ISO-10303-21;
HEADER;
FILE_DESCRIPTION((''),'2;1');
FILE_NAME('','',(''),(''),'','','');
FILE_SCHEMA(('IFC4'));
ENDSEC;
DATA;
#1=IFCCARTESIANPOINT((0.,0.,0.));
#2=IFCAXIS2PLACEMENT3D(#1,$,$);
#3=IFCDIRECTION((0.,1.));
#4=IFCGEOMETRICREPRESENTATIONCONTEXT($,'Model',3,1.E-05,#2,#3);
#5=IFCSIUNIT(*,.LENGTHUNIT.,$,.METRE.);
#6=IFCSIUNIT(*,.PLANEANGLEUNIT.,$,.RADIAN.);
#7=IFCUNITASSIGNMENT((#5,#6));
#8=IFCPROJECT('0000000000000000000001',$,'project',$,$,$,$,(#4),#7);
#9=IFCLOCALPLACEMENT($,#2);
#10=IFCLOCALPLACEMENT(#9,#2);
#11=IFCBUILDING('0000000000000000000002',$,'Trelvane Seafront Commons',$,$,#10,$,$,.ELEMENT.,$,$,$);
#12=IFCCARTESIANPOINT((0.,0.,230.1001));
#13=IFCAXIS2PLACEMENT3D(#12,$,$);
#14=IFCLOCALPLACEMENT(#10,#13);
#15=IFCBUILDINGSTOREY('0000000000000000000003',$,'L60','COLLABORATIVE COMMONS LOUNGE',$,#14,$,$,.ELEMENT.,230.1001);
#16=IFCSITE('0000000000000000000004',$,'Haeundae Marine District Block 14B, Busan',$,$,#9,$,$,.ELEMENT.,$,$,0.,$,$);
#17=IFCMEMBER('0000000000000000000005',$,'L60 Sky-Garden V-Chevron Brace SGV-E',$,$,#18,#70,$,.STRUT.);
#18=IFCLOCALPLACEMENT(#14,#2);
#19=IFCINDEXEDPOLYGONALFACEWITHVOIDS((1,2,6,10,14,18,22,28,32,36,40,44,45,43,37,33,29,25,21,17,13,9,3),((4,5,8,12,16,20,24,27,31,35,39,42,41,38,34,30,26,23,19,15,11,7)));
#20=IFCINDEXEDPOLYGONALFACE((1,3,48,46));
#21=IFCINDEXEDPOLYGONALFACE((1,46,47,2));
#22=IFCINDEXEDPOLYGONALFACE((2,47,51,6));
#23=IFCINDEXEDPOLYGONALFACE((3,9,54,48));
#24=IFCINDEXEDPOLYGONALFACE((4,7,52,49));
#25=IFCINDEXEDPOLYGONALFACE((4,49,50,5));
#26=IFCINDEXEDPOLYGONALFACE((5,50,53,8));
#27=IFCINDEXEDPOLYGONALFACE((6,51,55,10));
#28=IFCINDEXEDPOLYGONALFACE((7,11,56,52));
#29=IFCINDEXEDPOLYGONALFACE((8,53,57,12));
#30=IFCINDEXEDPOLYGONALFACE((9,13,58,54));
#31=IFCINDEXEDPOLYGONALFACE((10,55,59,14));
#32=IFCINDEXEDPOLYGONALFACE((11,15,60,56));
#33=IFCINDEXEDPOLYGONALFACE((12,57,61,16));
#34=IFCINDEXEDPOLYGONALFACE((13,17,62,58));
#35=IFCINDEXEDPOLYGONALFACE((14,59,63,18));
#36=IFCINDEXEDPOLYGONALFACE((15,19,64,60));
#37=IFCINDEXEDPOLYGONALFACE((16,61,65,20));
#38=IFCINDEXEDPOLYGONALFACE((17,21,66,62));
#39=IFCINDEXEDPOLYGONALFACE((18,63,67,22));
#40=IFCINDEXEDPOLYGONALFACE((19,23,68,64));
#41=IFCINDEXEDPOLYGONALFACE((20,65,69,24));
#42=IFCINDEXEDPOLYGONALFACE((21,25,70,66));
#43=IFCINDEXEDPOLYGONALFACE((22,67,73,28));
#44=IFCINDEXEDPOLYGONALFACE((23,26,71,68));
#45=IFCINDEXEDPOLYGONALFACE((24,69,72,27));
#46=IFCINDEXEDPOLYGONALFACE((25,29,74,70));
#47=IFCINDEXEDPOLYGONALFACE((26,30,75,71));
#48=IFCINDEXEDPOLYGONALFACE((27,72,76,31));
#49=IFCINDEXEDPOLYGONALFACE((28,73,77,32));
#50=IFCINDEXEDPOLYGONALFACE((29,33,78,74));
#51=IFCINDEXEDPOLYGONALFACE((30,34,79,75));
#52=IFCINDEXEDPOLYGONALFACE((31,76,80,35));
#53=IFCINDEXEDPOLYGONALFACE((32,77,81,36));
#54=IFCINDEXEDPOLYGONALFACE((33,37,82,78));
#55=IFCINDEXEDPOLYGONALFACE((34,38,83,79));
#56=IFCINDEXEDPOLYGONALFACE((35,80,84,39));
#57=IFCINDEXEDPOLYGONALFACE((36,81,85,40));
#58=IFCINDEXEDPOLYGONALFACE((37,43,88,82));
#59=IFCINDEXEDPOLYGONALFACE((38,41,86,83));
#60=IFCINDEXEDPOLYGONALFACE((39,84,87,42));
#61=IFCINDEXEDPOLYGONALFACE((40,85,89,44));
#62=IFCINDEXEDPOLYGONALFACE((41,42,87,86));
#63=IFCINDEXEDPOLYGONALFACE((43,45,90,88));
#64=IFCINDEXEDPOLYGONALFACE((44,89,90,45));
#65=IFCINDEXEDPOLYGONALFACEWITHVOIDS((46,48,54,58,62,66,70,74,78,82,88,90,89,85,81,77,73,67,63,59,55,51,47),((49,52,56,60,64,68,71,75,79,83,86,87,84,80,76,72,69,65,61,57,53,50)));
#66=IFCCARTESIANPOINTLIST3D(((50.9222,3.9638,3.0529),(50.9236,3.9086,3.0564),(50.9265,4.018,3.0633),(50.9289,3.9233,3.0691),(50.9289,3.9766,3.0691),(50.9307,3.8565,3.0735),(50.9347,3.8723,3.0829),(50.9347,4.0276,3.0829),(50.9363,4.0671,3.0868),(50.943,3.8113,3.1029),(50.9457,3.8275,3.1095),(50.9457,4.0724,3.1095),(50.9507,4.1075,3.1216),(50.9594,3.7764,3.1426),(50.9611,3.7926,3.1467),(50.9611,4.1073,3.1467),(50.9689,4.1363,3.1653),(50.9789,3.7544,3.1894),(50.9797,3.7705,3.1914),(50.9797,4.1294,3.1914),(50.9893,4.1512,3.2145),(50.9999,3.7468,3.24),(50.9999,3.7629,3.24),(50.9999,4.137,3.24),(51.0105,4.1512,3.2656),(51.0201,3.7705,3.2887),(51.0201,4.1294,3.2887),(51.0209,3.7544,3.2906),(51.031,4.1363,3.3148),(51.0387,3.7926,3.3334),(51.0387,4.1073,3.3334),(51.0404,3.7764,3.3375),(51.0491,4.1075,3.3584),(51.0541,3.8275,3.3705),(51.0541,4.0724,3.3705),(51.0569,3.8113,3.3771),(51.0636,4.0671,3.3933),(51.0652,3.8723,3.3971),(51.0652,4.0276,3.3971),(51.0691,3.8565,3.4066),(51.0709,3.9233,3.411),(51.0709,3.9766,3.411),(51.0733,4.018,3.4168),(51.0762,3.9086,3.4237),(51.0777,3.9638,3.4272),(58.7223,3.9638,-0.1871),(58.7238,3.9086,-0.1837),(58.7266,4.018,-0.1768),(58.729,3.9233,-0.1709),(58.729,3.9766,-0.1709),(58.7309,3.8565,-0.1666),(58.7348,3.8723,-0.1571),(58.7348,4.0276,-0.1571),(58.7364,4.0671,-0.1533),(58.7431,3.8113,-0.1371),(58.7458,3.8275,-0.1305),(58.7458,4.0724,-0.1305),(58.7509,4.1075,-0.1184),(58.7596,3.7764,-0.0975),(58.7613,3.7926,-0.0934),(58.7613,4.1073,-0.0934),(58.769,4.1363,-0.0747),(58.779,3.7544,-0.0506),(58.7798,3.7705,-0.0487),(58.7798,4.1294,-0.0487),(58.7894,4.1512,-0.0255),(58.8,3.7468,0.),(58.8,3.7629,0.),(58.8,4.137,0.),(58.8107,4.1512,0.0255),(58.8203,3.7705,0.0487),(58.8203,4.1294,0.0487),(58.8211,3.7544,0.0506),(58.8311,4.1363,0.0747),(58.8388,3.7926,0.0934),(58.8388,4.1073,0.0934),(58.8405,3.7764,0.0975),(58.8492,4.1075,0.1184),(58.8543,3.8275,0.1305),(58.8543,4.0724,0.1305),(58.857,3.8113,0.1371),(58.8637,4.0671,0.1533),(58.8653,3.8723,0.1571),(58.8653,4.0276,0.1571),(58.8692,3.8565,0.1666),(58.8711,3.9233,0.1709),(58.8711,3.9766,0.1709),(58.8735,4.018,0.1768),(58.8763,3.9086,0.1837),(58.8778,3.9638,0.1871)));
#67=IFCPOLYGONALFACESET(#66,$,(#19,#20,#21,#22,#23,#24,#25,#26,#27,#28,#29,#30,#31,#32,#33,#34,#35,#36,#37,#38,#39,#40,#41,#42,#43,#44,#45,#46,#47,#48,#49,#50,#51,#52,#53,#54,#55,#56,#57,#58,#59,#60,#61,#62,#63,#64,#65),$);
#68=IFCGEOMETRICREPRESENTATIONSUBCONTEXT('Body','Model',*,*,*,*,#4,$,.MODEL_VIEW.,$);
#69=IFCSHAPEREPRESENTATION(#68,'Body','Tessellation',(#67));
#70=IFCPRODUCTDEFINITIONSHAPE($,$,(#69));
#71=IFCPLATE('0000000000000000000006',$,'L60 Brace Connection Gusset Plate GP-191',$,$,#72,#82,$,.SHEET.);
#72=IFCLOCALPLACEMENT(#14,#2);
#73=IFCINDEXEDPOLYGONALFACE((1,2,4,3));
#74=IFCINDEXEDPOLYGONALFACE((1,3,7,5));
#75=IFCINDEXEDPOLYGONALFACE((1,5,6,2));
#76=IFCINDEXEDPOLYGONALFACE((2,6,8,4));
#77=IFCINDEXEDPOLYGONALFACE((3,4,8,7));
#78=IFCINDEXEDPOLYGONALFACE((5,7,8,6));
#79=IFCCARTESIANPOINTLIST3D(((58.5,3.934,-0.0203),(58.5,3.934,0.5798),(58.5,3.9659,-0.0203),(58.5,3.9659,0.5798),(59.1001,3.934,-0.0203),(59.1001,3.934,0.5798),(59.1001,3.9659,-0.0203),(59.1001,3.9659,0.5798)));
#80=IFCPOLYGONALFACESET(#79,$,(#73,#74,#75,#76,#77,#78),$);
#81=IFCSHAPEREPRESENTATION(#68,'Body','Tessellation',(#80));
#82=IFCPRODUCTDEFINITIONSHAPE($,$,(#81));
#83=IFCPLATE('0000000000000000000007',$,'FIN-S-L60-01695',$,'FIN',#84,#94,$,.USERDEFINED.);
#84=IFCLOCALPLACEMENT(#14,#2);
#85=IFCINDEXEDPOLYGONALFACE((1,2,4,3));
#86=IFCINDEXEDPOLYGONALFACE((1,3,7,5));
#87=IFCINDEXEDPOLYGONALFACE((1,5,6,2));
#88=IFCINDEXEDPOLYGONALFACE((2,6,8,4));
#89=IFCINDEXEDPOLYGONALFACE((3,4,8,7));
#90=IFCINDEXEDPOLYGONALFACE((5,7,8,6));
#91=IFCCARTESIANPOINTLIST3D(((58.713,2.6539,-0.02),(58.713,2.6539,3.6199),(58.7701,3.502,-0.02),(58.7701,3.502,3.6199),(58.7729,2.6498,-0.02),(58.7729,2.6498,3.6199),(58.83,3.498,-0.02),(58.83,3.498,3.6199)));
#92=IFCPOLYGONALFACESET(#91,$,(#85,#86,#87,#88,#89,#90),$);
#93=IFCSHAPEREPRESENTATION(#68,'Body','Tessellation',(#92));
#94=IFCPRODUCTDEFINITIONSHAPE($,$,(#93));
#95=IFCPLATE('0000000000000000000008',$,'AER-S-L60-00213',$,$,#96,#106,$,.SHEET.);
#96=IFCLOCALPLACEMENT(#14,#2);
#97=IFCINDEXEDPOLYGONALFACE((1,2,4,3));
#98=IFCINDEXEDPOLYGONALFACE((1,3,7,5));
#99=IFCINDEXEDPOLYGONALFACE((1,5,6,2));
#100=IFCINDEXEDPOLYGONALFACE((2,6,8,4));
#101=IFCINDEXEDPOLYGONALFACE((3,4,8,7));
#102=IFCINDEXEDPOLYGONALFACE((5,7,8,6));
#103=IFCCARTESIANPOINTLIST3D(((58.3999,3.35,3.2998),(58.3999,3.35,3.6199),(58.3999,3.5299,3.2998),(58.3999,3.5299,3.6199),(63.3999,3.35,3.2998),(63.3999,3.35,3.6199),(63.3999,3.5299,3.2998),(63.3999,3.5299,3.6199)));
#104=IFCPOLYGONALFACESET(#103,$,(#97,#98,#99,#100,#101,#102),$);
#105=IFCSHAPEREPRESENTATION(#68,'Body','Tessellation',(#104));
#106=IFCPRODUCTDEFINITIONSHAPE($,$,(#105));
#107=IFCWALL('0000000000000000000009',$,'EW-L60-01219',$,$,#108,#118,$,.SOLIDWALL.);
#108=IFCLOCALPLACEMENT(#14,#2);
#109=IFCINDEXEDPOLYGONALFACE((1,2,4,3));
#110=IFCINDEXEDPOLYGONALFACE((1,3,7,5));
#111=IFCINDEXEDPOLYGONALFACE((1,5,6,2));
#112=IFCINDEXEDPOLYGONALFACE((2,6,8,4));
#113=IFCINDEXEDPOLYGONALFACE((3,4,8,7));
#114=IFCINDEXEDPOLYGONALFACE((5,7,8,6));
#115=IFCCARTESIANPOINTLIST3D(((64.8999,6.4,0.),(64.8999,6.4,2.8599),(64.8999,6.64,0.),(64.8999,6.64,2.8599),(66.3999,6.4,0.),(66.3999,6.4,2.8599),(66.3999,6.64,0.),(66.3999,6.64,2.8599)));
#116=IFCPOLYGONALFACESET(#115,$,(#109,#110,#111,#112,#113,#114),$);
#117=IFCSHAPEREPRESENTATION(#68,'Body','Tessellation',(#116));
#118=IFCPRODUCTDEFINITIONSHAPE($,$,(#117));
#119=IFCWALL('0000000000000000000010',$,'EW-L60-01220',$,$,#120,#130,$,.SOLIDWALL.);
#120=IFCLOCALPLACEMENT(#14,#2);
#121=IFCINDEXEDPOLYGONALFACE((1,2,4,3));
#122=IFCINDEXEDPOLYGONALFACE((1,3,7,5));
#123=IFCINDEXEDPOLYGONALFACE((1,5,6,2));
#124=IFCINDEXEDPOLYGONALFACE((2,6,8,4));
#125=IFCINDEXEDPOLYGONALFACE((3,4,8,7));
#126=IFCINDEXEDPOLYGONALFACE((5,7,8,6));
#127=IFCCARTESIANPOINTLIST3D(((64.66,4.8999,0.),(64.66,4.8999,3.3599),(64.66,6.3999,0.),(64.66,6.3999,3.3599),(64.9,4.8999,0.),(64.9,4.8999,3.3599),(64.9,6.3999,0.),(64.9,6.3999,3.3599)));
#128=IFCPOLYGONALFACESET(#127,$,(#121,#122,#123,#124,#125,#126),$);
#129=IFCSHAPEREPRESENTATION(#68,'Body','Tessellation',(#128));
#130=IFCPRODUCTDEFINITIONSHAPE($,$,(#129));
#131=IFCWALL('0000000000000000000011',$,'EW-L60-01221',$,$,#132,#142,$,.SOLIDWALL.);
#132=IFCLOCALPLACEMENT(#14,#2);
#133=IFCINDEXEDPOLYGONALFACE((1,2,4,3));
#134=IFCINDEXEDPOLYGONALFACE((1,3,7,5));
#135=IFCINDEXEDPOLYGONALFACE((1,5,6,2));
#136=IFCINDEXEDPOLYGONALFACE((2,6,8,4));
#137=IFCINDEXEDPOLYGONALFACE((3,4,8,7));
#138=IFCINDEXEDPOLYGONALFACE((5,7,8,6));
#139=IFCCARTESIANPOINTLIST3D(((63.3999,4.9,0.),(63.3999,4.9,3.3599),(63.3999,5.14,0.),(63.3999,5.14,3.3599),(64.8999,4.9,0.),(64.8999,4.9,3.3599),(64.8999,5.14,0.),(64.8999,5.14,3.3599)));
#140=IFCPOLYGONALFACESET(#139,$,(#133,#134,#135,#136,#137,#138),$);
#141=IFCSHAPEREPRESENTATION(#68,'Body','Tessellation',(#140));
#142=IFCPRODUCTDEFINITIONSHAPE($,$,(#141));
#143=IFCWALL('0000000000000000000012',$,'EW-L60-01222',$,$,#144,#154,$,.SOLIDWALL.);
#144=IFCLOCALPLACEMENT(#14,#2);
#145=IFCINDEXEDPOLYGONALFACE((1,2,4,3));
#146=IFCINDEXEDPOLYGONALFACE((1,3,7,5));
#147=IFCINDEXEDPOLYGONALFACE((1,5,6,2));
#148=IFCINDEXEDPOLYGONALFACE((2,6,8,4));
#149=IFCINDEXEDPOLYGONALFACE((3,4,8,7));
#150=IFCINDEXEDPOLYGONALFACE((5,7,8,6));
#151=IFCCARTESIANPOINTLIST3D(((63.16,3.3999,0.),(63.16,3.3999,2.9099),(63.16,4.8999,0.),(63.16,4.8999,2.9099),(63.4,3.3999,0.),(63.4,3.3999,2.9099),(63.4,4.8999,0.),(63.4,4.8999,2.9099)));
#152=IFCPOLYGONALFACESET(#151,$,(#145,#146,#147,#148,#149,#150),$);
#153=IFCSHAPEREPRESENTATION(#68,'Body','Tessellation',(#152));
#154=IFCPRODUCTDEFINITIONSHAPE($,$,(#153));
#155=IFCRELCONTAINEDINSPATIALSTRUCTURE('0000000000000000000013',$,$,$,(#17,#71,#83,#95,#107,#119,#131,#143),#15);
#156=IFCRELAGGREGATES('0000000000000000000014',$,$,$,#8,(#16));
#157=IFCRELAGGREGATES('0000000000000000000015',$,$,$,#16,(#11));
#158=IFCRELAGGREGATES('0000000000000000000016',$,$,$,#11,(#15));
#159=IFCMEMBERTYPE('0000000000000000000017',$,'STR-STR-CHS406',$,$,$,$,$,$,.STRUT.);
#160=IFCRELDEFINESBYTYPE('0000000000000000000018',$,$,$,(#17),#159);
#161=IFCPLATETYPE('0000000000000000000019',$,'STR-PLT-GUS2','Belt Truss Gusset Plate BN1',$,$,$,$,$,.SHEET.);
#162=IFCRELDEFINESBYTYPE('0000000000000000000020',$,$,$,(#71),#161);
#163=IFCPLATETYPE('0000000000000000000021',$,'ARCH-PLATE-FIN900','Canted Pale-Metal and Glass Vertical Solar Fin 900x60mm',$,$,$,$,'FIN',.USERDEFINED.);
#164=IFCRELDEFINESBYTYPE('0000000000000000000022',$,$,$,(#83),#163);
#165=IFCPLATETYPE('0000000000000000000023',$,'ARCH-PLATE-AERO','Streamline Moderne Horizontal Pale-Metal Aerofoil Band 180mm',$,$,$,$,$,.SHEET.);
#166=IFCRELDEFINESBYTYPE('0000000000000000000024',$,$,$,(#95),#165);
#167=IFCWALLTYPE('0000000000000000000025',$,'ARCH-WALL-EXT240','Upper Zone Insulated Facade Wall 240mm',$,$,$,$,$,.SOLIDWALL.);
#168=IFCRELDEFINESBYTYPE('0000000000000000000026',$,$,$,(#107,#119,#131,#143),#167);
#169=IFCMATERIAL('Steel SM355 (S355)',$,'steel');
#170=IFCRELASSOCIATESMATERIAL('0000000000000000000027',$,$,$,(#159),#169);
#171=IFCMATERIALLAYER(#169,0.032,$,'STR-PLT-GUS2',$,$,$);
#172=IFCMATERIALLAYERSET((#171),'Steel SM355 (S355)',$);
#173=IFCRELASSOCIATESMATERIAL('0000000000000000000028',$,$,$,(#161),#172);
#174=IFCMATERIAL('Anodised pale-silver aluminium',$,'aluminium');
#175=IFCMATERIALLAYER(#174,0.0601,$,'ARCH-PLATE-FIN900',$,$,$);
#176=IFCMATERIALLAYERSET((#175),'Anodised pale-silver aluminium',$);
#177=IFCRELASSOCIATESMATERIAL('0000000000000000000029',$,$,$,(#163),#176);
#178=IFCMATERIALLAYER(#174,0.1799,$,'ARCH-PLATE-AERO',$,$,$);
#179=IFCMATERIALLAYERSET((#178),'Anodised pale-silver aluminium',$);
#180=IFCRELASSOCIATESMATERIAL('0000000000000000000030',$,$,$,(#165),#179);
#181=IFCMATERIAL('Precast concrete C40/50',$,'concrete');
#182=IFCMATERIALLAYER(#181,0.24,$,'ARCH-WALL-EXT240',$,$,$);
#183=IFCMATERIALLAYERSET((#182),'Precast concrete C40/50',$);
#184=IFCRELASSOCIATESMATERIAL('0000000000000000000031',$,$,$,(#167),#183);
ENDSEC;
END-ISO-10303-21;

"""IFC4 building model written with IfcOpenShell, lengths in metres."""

from ifc_helpers import new_model, si_unit, direction, frame, frame_2d, origin, origin_2d, place, context, subcontext, project, spatial, rectangle, hollow_circle, extrude, source, transform, mapped, material, layer, layer_set, material_profile, profile_set, type_object, element, save


model = new_model("IFC4")

# Units and contexts
model_context = context("Model", 3, precision=1e-05, world=origin(), true_north=direction((0.0, 1.0)))
body_context = subcontext(model_context, "Body", "Model", "MODEL_VIEW")
ifc_project = project(units=[si_unit("LENGTHUNIT", "METRE"), si_unit("PLANEANGLEUNIT", "RADIAN")], contexts=[model_context])

# Site, building, storey
site_placement = place(None, origin())
site = spatial("IfcSite", under=ifc_project, at=site_placement, Name="Haeundae Marine District Block 14B, Busan", CompositionType="ELEMENT", RefElevation=0.0)
building_placement = place(site_placement, origin())
building = spatial("IfcBuilding", under=site, at=building_placement, Name="Trelvane Seafront Commons", CompositionType="ELEMENT")
storey_placement = place(building_placement, frame((0.0, 0.0, 230.1001)))
storey = spatial("IfcBuildingStorey", under=building, at=storey_placement, Name="L60", Description="COLLABORATIVE COMMONS LOUNGE", CompositionType="ELEMENT", Elevation=230.1001)

# Shared definitions
ifc_material_1 = material(Name="Steel SM355 (S355)", Category="steel")

# Member
ifc_material_profile_1 = material_profile(ifc_material_1, hollow_circle(Radius=0.2031, WallThickness=0.0161, at=origin_2d()), Name="CHS-406.4x16")
ifc_profile_set_1 = profile_set([ifc_material_profile_1], Name="Steel SM355 (S355)")
member_type = type_object("IfcMemberType", Name="STR-STR-CHS406", PredefinedType="STRUT", material=ifc_profile_set_1)
shared_shape_1 = source(origin(), body_context, "Body", "SweptSolid", [
    extrude(hollow_circle(Radius=0.2031, WallThickness=0.0161, at=origin_2d()), origin(), (0.0, 0.0, 1.0), 8.4463),
])
member_placement = place(storey_placement, frame((58.8, 3.95, 0.0), z_axis=(-0.923498, 0.0, 0.383603), x_axis=(0.0, -1.0, 0.0)))
element("IfcMember", 1, at=member_placement, inside=storey, type_object=member_type, Name="L60 Sky-Garden V-Chevron Brace SGV-E", PredefinedType="STRUT", context=body_context, shape_type="MappedRepresentation", body=[
    mapped(shared_shape_1, transform((0.0, 0.0, 0.0), x_axis=(1.0, 0.0, 0.0), y_axis=(0.0, 1.0, 0.0), z_axis=(0.0, 0.0, 1.0), scale=1.0)),
])

# Plates
ifc_layer_1 = layer(ifc_material_1, 0.032, Name="STR-PLT-GUS2")
ifc_layer_set_1 = layer_set([ifc_layer_1], Name="Steel SM355 (S355)")
plate_type_1 = type_object("IfcPlateType", Name="STR-PLT-GUS2", Description="Belt Truss Gusset Plate BN1", PredefinedType="SHEET", material=ifc_layer_set_1)
shared_shape_2 = source(origin(), body_context, "Body", "SweptSolid", [
    extrude(rectangle(XDim=0.6001, YDim=0.032, at=origin_2d()), origin(), (0.0, 0.0, 1.0), 0.6001),
])
plate_1_placement = place(storey_placement, frame((58.8, 3.95, -0.0203), z_axis=(0.0, 0.0, 1.0), x_axis=(1.0, 0.0, 0.0)))
element("IfcPlate", 2, at=plate_1_placement, inside=storey, type_object=plate_type_1, Name="L60 Brace Connection Gusset Plate GP-191", PredefinedType="SHEET", context=body_context, shape_type="MappedRepresentation", body=[
    mapped(shared_shape_2, transform((0.0, 0.0, 0.0), x_axis=(1.0, 0.0, 0.0), y_axis=(0.0, 1.0, 0.0), z_axis=(0.0, 0.0, 1.0), scale=1.0)),
])
ifc_material_2 = material(Name="Anodised pale-silver aluminium", Category="aluminium")
ifc_layer_2 = layer(ifc_material_2, 0.0601, Name="ARCH-PLATE-FIN900")
ifc_layer_set_2 = layer_set([ifc_layer_2], Name="Anodised pale-silver aluminium")
plate_type_2 = type_object("IfcPlateType", Name="ARCH-PLATE-FIN900", Description="Canted Pale-Metal and Glass Vertical Solar Fin 900x60mm", ElementType="FIN", PredefinedType="USERDEFINED", material=ifc_layer_set_2)
shared_shape_3 = source(origin(), body_context, "Body", "SweptSolid", [
    extrude(rectangle(XDim=0.8501, YDim=0.0601, at=origin_2d()), origin(), (0.0, 0.0, 1.0), 3.6399),
])
plate_2_placement = place(storey_placement, frame((58.7715, 3.0759, -0.02), z_axis=(0.0, 0.0, 1.0), x_axis=(-0.067174, -0.997741, 0.0)))
element("IfcPlate", 3, at=plate_2_placement, inside=storey, type_object=plate_type_2, Name="FIN-S-L60-01695", ObjectType="FIN", PredefinedType="USERDEFINED", context=body_context, shape_type="MappedRepresentation", body=[
    mapped(shared_shape_3, transform((0.0, 0.0, 0.0), x_axis=(1.0, 0.0, 0.0), y_axis=(0.0, 1.0, 0.0), z_axis=(0.0, 0.0, 1.0), scale=1.0)),
])
ifc_layer_3 = layer(ifc_material_2, 0.1799, Name="ARCH-PLATE-AERO")
ifc_layer_set_3 = layer_set([ifc_layer_3], Name="Anodised pale-silver aluminium")
plate_type_3 = type_object("IfcPlateType", Name="ARCH-PLATE-AERO", Description="Streamline Moderne Horizontal Pale-Metal Aerofoil Band 180mm", PredefinedType="SHEET", material=ifc_layer_set_3)
shared_shape_4 = source(origin(), body_context, "Body", "SweptSolid", [
    extrude(rectangle(XDim=5.0, YDim=0.1799, at=origin_2d()), origin(), (0.0, 0.0, 1.0), 0.3201),
])
plate_3_placement = place(storey_placement, frame((60.8999, 3.4399, 3.2998), z_axis=(0.0, 0.0, 1.0), x_axis=(-1.0, 0.0, 0.0)))
element("IfcPlate", 4, at=plate_3_placement, inside=storey, type_object=plate_type_3, Name="AER-S-L60-00213", PredefinedType="SHEET", context=body_context, shape_type="MappedRepresentation", body=[
    mapped(shared_shape_4, transform((0.0, 0.0, 0.0), x_axis=(1.0, 0.0, 0.0), y_axis=(0.0, 1.0, 0.0), z_axis=(0.0, 0.0, 1.0), scale=1.0)),
])

# Walls
ifc_material_3 = material(Name="Precast concrete C40/50", Category="concrete")
ifc_layer_4 = layer(ifc_material_3, 0.24, Name="ARCH-WALL-EXT240")
ifc_layer_set_4 = layer_set([ifc_layer_4], Name="Precast concrete C40/50")
wall_type_1 = type_object("IfcWallType", Name="ARCH-WALL-EXT240", Description="Upper Zone Insulated Facade Wall 240mm", PredefinedType="SOLIDWALL", material=ifc_layer_set_4)
wall_1_placement = place(storey_placement, frame((66.3999, 6.52, 0.0), z_axis=(0.0, 0.0, 1.0), x_axis=(-1.0, 0.0, 0.0)))
element("IfcWall", 5, at=wall_1_placement, inside=storey, type_object=wall_type_1, Name="EW-L60-01219", PredefinedType="SOLIDWALL", context=body_context, shape_type="SweptSolid", body=[
    extrude(rectangle(XDim=1.5, YDim=0.24, at=frame_2d((0.75, 0.0))), origin(), (0.0, 0.0, 1.0), 2.8599),
])
for number, where, z_axis, x_axis, name in (
    (6, (64.78, 6.3999, 0.0), (0.0, 0.0, 1.0), (0.0, -1.0, 0.0), "EW-L60-01220"),
    (7, (64.8999, 5.02, 0.0), (0.0, 0.0, 1.0), (-1.0, 0.0, 0.0), "EW-L60-01221"),
):
    element("IfcWall", number, at=place(storey_placement, frame(where, z_axis=z_axis, x_axis=x_axis)), inside=storey, type_object=wall_type_1, Name=name, PredefinedType="SOLIDWALL", context=body_context, shape_type="SweptSolid", body=[
        extrude(rectangle(XDim=1.5, YDim=0.24, at=frame_2d((0.75, 0.0))), origin(), (0.0, 0.0, 1.0), 3.3599),
    ])
wall_2_placement = place(storey_placement, frame((63.28, 4.8999, 0.0), z_axis=(0.0, 0.0, 1.0), x_axis=(0.0, -1.0, 0.0)))
element("IfcWall", 8, at=wall_2_placement, inside=storey, type_object=wall_type_1, Name="EW-L60-01222", PredefinedType="SOLIDWALL", context=body_context, shape_type="SweptSolid", body=[
    extrude(rectangle(XDim=1.5, YDim=0.24, at=frame_2d((0.75, 0.0))), origin(), (0.0, 0.0, 1.0), 2.9099),
])

save(model, "model.ifc")
